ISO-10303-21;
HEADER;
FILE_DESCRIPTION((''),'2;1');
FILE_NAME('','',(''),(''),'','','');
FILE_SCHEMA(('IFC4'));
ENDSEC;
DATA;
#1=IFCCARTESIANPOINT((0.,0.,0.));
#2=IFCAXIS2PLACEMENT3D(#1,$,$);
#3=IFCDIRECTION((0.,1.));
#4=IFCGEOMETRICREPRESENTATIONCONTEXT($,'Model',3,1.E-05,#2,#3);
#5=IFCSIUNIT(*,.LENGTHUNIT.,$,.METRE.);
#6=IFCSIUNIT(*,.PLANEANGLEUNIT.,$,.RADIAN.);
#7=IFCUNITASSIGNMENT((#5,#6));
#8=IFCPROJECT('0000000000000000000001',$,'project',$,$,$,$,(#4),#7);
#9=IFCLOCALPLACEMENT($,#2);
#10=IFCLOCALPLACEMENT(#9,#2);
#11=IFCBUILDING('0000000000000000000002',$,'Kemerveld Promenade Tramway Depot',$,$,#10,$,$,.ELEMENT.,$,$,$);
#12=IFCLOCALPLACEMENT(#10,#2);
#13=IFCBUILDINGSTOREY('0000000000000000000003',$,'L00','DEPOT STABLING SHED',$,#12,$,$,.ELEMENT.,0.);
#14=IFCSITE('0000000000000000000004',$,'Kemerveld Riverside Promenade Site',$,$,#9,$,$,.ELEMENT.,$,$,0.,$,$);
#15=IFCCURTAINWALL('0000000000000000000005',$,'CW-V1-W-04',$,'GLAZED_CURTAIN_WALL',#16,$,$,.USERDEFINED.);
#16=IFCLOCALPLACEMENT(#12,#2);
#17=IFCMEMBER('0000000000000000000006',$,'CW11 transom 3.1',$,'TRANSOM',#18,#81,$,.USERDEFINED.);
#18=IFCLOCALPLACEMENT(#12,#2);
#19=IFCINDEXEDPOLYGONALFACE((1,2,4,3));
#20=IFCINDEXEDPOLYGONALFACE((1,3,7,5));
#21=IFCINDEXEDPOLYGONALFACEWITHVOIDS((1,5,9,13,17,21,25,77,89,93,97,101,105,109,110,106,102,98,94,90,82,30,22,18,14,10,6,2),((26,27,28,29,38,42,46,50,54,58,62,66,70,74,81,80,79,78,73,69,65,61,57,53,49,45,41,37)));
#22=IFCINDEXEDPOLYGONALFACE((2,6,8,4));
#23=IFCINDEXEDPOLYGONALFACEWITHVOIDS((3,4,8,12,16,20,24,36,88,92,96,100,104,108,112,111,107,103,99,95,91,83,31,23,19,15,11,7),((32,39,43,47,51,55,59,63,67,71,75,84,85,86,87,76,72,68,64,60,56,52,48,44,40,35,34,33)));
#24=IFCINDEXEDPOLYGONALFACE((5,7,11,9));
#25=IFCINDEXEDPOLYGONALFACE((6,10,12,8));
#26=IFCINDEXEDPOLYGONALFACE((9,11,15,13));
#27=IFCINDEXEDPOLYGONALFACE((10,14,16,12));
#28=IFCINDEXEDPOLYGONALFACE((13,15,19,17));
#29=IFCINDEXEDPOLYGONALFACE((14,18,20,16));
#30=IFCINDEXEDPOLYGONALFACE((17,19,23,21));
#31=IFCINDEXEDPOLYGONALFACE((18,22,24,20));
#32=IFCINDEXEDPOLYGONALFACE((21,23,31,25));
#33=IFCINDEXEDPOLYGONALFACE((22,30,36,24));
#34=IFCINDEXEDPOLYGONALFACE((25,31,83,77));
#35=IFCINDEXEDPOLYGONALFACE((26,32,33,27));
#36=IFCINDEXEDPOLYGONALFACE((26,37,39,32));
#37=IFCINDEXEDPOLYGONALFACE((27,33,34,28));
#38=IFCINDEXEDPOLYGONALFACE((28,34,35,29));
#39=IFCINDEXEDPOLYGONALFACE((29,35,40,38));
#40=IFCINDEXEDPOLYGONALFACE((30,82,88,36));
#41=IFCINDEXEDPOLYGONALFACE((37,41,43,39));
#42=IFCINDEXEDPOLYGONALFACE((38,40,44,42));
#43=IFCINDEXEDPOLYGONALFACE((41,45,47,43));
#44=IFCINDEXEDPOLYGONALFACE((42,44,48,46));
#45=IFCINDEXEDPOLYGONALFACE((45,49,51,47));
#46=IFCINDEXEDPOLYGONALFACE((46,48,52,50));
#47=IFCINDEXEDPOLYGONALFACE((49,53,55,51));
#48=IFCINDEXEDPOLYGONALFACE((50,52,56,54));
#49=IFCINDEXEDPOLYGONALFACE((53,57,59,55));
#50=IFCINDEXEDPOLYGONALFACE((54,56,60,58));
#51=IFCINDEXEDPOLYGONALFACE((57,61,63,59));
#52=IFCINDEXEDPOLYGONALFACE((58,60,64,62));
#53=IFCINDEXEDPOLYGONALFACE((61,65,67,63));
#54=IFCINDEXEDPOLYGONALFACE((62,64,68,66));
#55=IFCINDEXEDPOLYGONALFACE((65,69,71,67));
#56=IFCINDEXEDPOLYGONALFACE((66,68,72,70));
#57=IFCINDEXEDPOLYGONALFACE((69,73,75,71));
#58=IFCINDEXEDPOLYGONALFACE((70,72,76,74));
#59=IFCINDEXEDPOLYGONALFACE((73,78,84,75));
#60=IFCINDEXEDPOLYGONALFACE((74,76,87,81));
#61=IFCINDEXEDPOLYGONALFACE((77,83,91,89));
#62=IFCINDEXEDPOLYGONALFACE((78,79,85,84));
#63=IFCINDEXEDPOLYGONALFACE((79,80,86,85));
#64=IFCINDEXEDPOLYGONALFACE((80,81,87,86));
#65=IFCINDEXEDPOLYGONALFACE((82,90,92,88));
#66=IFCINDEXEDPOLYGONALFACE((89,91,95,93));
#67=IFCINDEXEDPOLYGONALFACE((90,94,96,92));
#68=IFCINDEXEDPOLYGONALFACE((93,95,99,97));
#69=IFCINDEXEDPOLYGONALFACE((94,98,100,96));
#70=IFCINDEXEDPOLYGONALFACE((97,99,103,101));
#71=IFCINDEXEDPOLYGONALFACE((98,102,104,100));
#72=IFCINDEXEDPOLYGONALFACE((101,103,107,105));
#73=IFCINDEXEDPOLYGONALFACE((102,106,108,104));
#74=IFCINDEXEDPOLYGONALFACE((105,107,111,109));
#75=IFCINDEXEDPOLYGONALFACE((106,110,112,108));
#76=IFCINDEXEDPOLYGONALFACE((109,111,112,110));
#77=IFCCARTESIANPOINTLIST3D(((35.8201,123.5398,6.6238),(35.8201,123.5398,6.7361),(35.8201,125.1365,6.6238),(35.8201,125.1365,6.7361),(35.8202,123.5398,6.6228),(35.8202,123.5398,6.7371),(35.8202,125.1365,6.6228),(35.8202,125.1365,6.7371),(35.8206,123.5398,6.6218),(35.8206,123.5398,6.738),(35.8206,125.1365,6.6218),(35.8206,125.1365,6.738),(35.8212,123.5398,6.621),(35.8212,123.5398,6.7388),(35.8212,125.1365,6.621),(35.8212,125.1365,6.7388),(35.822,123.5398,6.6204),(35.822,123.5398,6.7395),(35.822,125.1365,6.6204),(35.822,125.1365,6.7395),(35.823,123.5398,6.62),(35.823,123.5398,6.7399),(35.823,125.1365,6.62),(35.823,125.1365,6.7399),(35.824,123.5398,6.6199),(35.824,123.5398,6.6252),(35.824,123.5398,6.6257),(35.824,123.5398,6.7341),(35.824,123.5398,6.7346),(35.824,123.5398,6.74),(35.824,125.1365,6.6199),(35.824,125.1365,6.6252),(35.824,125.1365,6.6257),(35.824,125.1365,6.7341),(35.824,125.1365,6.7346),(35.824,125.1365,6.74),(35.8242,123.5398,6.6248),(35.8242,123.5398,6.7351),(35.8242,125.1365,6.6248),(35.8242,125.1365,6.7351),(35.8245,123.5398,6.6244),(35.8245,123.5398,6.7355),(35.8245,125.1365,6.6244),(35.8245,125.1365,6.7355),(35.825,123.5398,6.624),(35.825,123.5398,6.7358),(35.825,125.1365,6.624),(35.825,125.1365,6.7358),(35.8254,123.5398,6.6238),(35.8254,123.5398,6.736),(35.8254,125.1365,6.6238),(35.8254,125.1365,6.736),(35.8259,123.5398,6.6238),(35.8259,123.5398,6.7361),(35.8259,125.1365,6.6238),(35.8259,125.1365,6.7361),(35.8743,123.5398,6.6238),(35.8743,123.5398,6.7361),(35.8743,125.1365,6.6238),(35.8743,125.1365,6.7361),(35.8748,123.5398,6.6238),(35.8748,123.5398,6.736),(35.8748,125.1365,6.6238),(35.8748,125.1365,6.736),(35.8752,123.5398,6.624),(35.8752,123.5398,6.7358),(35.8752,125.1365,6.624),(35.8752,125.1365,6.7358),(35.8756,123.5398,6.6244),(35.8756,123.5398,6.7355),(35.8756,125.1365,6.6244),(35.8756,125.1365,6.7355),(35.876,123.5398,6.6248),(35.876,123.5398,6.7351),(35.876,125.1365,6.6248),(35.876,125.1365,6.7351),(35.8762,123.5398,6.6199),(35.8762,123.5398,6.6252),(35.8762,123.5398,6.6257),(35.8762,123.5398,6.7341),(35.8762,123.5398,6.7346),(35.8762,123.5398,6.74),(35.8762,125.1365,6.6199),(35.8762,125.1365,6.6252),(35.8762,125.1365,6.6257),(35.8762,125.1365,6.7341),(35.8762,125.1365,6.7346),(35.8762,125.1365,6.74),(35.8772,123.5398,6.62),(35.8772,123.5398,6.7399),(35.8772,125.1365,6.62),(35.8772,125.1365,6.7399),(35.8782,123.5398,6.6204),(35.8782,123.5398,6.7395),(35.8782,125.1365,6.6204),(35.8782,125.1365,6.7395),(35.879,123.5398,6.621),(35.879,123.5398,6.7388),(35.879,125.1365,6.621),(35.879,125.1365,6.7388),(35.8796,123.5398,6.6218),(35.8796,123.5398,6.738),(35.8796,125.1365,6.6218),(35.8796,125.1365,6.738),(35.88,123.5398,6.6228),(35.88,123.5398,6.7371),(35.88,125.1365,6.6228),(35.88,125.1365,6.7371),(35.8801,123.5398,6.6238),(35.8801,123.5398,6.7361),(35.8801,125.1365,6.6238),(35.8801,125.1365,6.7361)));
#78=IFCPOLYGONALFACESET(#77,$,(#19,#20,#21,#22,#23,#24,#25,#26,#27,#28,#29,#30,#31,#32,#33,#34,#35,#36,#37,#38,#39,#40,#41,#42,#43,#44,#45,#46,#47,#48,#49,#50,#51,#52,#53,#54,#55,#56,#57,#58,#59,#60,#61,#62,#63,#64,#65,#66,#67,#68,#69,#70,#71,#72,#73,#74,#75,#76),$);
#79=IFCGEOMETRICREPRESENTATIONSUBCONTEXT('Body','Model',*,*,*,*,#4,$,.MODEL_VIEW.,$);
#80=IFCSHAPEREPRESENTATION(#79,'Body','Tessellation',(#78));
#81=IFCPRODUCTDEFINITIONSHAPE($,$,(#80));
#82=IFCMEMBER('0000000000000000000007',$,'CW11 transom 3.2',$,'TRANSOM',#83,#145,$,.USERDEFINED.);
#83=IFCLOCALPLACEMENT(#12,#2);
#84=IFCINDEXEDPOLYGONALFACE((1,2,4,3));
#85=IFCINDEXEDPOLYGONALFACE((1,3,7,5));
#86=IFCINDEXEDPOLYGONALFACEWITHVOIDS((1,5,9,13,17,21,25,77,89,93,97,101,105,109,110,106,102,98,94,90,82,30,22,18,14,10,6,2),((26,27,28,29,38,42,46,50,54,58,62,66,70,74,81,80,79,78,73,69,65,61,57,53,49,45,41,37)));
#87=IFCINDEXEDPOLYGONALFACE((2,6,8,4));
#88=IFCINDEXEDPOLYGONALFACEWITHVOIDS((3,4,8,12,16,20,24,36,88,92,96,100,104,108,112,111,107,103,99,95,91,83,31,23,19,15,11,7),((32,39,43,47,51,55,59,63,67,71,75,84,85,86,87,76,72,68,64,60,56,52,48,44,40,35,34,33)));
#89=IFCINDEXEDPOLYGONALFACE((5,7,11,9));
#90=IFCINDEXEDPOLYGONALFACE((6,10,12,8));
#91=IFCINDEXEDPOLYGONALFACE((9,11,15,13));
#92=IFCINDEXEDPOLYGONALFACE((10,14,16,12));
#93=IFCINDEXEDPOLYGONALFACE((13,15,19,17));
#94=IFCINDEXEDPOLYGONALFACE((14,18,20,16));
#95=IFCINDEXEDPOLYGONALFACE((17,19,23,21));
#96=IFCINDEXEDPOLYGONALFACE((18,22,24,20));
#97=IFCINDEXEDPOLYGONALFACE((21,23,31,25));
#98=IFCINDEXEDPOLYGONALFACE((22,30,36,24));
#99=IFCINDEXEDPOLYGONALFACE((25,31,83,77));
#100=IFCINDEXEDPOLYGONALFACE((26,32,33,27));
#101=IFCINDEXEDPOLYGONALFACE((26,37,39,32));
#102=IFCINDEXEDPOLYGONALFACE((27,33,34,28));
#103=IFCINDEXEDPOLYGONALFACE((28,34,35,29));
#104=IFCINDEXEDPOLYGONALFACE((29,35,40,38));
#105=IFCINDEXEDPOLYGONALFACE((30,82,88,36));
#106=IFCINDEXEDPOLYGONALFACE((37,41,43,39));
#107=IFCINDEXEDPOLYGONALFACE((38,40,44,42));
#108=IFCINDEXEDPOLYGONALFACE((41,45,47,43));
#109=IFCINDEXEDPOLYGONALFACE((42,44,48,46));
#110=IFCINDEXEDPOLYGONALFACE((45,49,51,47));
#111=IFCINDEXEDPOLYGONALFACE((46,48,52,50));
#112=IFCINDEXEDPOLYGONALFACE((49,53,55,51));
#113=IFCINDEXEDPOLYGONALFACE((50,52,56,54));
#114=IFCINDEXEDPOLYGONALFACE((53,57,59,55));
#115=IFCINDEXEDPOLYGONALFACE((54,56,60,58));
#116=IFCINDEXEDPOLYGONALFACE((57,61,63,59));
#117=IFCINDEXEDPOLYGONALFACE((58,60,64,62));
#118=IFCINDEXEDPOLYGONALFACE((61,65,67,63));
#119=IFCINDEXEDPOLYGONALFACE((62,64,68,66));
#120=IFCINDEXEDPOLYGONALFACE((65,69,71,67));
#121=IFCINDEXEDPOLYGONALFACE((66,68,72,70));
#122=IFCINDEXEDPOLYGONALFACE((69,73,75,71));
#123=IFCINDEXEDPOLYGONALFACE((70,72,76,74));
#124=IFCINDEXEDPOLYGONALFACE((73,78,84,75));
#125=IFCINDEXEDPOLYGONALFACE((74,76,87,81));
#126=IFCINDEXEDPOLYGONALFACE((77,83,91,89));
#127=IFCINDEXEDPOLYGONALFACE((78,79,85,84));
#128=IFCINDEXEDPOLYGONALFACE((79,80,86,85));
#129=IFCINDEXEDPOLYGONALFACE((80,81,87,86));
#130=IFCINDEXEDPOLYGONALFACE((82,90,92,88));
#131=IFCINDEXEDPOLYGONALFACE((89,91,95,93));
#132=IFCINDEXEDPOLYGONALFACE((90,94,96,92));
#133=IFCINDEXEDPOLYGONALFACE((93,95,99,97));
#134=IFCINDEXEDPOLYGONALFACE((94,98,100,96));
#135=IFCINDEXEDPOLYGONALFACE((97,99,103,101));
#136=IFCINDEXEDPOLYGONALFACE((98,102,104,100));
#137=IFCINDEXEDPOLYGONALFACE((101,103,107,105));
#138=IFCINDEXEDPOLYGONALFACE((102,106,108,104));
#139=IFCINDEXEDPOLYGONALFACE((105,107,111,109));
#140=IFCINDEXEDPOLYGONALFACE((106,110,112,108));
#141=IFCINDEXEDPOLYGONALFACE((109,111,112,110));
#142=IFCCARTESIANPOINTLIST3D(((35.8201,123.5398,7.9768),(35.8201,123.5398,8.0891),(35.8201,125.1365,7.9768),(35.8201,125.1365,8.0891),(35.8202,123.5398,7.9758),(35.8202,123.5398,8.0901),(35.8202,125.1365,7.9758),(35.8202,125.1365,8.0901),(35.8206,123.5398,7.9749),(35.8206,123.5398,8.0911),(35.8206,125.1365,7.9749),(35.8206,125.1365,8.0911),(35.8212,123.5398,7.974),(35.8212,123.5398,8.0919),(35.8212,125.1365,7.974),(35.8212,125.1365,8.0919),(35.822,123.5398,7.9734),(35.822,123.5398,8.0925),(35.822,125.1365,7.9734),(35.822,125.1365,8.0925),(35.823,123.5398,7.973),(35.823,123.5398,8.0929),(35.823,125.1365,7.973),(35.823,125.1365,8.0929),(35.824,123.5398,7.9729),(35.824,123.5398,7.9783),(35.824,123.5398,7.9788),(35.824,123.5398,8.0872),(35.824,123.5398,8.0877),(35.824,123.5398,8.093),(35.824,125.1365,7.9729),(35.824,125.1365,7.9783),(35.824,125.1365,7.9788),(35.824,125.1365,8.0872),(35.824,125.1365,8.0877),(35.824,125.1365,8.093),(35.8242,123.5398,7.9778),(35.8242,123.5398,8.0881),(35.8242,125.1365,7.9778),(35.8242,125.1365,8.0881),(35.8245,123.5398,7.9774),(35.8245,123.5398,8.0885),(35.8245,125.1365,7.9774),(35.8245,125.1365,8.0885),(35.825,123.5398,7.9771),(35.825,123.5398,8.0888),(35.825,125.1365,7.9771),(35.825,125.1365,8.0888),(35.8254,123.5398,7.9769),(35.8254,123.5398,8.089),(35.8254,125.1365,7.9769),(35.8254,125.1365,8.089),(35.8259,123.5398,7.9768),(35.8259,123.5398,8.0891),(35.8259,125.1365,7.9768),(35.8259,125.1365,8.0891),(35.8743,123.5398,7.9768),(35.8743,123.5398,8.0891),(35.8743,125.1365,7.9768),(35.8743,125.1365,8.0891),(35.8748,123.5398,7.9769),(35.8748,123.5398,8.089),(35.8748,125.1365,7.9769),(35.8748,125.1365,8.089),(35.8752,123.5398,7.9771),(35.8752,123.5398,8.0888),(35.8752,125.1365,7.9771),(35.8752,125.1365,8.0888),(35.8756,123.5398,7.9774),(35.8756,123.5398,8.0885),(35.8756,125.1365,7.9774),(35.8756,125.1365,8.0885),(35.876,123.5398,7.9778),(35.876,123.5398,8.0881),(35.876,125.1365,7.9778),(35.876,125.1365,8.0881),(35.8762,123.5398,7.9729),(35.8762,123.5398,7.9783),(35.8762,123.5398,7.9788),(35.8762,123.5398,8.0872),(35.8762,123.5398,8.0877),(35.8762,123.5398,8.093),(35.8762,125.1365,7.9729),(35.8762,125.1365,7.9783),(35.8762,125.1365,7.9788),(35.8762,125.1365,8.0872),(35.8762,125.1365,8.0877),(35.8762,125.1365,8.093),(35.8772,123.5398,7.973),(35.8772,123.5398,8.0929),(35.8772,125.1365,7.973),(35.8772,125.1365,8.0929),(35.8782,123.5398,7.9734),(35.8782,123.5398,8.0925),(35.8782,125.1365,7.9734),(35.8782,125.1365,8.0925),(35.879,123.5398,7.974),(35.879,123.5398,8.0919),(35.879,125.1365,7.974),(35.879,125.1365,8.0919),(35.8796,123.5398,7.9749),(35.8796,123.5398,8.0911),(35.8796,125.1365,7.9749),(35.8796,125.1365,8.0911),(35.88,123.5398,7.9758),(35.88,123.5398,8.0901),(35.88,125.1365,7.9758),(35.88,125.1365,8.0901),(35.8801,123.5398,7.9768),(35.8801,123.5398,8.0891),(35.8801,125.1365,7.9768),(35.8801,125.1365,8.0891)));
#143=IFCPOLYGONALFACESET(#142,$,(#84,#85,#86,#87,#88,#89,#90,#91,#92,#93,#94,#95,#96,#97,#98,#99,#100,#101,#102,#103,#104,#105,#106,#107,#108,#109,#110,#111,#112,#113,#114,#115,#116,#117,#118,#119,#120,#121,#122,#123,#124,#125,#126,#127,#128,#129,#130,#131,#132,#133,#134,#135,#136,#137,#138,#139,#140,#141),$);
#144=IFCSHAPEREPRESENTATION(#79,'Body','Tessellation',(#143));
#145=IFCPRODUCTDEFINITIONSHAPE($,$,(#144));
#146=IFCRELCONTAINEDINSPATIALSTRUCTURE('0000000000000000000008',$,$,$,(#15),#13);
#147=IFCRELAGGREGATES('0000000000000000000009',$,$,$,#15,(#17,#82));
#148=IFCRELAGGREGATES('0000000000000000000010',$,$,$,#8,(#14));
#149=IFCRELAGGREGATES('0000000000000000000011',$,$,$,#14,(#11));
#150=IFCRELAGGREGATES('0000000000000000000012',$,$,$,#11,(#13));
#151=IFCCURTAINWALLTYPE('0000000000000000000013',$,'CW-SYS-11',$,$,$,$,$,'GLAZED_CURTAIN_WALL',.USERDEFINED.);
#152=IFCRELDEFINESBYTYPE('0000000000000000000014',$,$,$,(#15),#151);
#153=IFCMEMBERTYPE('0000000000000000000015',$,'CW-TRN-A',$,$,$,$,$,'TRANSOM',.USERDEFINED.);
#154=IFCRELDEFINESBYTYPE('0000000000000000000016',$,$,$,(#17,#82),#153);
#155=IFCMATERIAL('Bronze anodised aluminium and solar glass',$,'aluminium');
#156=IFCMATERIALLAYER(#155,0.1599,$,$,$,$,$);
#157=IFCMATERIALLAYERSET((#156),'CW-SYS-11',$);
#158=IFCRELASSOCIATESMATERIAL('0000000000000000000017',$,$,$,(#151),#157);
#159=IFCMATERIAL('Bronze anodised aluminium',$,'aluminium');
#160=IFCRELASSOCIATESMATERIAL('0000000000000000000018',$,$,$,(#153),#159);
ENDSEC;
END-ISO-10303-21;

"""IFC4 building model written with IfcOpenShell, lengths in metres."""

from ifc_helpers import new_model, si_unit, direction, frame, origin, origin_2d, place, context, subcontext, project, spatial, hollow_rectangle, extrude, material, layer, layer_set, material_profile, profile_set, type_object, element, aggregate, save


model = new_model("IFC4")

# Units and contexts
model_context = context("Model", 3, precision=1e-05, world=origin(), true_north=direction((0.0, 1.0)))
body_context = subcontext(model_context, "Body", "Model", "MODEL_VIEW")
ifc_project = project(units=[si_unit("LENGTHUNIT", "METRE"), si_unit("PLANEANGLEUNIT", "RADIAN")], contexts=[model_context])

# Site, building, storey
site_placement = place(None, origin())
site = spatial("IfcSite", under=ifc_project, at=site_placement, Name="Kemerveld Riverside Promenade Site", CompositionType="ELEMENT", RefElevation=0.0)
building_placement = place(site_placement, origin())
building = spatial("IfcBuilding", under=site, at=building_placement, Name="Kemerveld Promenade Tramway Depot", CompositionType="ELEMENT")
storey_placement = place(building_placement, origin())
storey = spatial("IfcBuildingStorey", under=building, at=storey_placement, Name="L00", Description="DEPOT STABLING SHED", CompositionType="ELEMENT", Elevation=0.0)

# Curtain wall
ifc_material_1 = material(Name="Bronze anodised aluminium and solar glass", Category="aluminium")
ifc_layer_1 = layer(ifc_material_1, 0.1599)
ifc_layer_set_1 = layer_set([ifc_layer_1], Name="CW-SYS-11")
curtain_wall_type_1 = type_object("IfcCurtainWallType", Name="CW-SYS-11", ElementType="GLAZED_CURTAIN_WALL", PredefinedType="USERDEFINED", material=ifc_layer_set_1)
curtain_wall_1_placement = place(storey_placement, origin())
curtain_wall_1 = element("IfcCurtainWall", 1, at=curtain_wall_1_placement, inside=storey, type_object=curtain_wall_type_1, Name="CW-V1-W-04", ObjectType="GLAZED_CURTAIN_WALL", PredefinedType="USERDEFINED")
ifc_material_2 = material(Name="Bronze anodised aluminium", Category="aluminium")

# Members
ifc_material_profile_1 = material_profile(ifc_material_2, hollow_rectangle(XDim=0.0601, YDim=0.1201, WallThickness=0.0039, InnerFilletRadius=0.002, OuterFilletRadius=0.0039, at=origin_2d()), Name="CW-TRN-120x60")
ifc_profile_set_1 = profile_set([ifc_material_profile_1], Name="Bronze anodised aluminium")
member_type_1 = type_object("IfcMemberType", Name="CW-TRN-A", ElementType="TRANSOM", PredefinedType="USERDEFINED", material=ifc_profile_set_1)
member_1_placement = place(storey_placement, frame((35.8501, 123.5398, 6.6799), z_axis=(0.0, 1.0, 0.0), x_axis=(-1.0, 0.0, 0.0)))
member_1 = element("IfcMember", 2, at=member_1_placement, type_object=member_type_1, Name="CW11 transom 3.1", ObjectType="TRANSOM", PredefinedType="USERDEFINED", context=body_context, shape_type="SweptSolid", body=[
    extrude(hollow_rectangle(XDim=0.0601, YDim=0.1201, WallThickness=0.0039, InnerFilletRadius=0.002, OuterFilletRadius=0.0039, at=origin_2d()), origin(), (0.0, 0.0, 1.0), 1.5967),
])
member_2_placement = place(storey_placement, frame((35.8501, 123.5398, 8.033), z_axis=(0.0, 1.0, 0.0), x_axis=(-1.0, 0.0, 0.0)))
member_2 = element("IfcMember", 3, at=member_2_placement, type_object=member_type_1, Name="CW11 transom 3.2", ObjectType="TRANSOM", PredefinedType="USERDEFINED", context=body_context, shape_type="SweptSolid", body=[
    extrude(hollow_rectangle(XDim=0.0601, YDim=0.1201, WallThickness=0.0039, InnerFilletRadius=0.002, OuterFilletRadius=0.0039, at=origin_2d()), origin(), (0.0, 0.0, 1.0), 1.5967),
])

aggregate(curtain_wall_1, [member_1, member_2])

save(model, "model.ifc")
